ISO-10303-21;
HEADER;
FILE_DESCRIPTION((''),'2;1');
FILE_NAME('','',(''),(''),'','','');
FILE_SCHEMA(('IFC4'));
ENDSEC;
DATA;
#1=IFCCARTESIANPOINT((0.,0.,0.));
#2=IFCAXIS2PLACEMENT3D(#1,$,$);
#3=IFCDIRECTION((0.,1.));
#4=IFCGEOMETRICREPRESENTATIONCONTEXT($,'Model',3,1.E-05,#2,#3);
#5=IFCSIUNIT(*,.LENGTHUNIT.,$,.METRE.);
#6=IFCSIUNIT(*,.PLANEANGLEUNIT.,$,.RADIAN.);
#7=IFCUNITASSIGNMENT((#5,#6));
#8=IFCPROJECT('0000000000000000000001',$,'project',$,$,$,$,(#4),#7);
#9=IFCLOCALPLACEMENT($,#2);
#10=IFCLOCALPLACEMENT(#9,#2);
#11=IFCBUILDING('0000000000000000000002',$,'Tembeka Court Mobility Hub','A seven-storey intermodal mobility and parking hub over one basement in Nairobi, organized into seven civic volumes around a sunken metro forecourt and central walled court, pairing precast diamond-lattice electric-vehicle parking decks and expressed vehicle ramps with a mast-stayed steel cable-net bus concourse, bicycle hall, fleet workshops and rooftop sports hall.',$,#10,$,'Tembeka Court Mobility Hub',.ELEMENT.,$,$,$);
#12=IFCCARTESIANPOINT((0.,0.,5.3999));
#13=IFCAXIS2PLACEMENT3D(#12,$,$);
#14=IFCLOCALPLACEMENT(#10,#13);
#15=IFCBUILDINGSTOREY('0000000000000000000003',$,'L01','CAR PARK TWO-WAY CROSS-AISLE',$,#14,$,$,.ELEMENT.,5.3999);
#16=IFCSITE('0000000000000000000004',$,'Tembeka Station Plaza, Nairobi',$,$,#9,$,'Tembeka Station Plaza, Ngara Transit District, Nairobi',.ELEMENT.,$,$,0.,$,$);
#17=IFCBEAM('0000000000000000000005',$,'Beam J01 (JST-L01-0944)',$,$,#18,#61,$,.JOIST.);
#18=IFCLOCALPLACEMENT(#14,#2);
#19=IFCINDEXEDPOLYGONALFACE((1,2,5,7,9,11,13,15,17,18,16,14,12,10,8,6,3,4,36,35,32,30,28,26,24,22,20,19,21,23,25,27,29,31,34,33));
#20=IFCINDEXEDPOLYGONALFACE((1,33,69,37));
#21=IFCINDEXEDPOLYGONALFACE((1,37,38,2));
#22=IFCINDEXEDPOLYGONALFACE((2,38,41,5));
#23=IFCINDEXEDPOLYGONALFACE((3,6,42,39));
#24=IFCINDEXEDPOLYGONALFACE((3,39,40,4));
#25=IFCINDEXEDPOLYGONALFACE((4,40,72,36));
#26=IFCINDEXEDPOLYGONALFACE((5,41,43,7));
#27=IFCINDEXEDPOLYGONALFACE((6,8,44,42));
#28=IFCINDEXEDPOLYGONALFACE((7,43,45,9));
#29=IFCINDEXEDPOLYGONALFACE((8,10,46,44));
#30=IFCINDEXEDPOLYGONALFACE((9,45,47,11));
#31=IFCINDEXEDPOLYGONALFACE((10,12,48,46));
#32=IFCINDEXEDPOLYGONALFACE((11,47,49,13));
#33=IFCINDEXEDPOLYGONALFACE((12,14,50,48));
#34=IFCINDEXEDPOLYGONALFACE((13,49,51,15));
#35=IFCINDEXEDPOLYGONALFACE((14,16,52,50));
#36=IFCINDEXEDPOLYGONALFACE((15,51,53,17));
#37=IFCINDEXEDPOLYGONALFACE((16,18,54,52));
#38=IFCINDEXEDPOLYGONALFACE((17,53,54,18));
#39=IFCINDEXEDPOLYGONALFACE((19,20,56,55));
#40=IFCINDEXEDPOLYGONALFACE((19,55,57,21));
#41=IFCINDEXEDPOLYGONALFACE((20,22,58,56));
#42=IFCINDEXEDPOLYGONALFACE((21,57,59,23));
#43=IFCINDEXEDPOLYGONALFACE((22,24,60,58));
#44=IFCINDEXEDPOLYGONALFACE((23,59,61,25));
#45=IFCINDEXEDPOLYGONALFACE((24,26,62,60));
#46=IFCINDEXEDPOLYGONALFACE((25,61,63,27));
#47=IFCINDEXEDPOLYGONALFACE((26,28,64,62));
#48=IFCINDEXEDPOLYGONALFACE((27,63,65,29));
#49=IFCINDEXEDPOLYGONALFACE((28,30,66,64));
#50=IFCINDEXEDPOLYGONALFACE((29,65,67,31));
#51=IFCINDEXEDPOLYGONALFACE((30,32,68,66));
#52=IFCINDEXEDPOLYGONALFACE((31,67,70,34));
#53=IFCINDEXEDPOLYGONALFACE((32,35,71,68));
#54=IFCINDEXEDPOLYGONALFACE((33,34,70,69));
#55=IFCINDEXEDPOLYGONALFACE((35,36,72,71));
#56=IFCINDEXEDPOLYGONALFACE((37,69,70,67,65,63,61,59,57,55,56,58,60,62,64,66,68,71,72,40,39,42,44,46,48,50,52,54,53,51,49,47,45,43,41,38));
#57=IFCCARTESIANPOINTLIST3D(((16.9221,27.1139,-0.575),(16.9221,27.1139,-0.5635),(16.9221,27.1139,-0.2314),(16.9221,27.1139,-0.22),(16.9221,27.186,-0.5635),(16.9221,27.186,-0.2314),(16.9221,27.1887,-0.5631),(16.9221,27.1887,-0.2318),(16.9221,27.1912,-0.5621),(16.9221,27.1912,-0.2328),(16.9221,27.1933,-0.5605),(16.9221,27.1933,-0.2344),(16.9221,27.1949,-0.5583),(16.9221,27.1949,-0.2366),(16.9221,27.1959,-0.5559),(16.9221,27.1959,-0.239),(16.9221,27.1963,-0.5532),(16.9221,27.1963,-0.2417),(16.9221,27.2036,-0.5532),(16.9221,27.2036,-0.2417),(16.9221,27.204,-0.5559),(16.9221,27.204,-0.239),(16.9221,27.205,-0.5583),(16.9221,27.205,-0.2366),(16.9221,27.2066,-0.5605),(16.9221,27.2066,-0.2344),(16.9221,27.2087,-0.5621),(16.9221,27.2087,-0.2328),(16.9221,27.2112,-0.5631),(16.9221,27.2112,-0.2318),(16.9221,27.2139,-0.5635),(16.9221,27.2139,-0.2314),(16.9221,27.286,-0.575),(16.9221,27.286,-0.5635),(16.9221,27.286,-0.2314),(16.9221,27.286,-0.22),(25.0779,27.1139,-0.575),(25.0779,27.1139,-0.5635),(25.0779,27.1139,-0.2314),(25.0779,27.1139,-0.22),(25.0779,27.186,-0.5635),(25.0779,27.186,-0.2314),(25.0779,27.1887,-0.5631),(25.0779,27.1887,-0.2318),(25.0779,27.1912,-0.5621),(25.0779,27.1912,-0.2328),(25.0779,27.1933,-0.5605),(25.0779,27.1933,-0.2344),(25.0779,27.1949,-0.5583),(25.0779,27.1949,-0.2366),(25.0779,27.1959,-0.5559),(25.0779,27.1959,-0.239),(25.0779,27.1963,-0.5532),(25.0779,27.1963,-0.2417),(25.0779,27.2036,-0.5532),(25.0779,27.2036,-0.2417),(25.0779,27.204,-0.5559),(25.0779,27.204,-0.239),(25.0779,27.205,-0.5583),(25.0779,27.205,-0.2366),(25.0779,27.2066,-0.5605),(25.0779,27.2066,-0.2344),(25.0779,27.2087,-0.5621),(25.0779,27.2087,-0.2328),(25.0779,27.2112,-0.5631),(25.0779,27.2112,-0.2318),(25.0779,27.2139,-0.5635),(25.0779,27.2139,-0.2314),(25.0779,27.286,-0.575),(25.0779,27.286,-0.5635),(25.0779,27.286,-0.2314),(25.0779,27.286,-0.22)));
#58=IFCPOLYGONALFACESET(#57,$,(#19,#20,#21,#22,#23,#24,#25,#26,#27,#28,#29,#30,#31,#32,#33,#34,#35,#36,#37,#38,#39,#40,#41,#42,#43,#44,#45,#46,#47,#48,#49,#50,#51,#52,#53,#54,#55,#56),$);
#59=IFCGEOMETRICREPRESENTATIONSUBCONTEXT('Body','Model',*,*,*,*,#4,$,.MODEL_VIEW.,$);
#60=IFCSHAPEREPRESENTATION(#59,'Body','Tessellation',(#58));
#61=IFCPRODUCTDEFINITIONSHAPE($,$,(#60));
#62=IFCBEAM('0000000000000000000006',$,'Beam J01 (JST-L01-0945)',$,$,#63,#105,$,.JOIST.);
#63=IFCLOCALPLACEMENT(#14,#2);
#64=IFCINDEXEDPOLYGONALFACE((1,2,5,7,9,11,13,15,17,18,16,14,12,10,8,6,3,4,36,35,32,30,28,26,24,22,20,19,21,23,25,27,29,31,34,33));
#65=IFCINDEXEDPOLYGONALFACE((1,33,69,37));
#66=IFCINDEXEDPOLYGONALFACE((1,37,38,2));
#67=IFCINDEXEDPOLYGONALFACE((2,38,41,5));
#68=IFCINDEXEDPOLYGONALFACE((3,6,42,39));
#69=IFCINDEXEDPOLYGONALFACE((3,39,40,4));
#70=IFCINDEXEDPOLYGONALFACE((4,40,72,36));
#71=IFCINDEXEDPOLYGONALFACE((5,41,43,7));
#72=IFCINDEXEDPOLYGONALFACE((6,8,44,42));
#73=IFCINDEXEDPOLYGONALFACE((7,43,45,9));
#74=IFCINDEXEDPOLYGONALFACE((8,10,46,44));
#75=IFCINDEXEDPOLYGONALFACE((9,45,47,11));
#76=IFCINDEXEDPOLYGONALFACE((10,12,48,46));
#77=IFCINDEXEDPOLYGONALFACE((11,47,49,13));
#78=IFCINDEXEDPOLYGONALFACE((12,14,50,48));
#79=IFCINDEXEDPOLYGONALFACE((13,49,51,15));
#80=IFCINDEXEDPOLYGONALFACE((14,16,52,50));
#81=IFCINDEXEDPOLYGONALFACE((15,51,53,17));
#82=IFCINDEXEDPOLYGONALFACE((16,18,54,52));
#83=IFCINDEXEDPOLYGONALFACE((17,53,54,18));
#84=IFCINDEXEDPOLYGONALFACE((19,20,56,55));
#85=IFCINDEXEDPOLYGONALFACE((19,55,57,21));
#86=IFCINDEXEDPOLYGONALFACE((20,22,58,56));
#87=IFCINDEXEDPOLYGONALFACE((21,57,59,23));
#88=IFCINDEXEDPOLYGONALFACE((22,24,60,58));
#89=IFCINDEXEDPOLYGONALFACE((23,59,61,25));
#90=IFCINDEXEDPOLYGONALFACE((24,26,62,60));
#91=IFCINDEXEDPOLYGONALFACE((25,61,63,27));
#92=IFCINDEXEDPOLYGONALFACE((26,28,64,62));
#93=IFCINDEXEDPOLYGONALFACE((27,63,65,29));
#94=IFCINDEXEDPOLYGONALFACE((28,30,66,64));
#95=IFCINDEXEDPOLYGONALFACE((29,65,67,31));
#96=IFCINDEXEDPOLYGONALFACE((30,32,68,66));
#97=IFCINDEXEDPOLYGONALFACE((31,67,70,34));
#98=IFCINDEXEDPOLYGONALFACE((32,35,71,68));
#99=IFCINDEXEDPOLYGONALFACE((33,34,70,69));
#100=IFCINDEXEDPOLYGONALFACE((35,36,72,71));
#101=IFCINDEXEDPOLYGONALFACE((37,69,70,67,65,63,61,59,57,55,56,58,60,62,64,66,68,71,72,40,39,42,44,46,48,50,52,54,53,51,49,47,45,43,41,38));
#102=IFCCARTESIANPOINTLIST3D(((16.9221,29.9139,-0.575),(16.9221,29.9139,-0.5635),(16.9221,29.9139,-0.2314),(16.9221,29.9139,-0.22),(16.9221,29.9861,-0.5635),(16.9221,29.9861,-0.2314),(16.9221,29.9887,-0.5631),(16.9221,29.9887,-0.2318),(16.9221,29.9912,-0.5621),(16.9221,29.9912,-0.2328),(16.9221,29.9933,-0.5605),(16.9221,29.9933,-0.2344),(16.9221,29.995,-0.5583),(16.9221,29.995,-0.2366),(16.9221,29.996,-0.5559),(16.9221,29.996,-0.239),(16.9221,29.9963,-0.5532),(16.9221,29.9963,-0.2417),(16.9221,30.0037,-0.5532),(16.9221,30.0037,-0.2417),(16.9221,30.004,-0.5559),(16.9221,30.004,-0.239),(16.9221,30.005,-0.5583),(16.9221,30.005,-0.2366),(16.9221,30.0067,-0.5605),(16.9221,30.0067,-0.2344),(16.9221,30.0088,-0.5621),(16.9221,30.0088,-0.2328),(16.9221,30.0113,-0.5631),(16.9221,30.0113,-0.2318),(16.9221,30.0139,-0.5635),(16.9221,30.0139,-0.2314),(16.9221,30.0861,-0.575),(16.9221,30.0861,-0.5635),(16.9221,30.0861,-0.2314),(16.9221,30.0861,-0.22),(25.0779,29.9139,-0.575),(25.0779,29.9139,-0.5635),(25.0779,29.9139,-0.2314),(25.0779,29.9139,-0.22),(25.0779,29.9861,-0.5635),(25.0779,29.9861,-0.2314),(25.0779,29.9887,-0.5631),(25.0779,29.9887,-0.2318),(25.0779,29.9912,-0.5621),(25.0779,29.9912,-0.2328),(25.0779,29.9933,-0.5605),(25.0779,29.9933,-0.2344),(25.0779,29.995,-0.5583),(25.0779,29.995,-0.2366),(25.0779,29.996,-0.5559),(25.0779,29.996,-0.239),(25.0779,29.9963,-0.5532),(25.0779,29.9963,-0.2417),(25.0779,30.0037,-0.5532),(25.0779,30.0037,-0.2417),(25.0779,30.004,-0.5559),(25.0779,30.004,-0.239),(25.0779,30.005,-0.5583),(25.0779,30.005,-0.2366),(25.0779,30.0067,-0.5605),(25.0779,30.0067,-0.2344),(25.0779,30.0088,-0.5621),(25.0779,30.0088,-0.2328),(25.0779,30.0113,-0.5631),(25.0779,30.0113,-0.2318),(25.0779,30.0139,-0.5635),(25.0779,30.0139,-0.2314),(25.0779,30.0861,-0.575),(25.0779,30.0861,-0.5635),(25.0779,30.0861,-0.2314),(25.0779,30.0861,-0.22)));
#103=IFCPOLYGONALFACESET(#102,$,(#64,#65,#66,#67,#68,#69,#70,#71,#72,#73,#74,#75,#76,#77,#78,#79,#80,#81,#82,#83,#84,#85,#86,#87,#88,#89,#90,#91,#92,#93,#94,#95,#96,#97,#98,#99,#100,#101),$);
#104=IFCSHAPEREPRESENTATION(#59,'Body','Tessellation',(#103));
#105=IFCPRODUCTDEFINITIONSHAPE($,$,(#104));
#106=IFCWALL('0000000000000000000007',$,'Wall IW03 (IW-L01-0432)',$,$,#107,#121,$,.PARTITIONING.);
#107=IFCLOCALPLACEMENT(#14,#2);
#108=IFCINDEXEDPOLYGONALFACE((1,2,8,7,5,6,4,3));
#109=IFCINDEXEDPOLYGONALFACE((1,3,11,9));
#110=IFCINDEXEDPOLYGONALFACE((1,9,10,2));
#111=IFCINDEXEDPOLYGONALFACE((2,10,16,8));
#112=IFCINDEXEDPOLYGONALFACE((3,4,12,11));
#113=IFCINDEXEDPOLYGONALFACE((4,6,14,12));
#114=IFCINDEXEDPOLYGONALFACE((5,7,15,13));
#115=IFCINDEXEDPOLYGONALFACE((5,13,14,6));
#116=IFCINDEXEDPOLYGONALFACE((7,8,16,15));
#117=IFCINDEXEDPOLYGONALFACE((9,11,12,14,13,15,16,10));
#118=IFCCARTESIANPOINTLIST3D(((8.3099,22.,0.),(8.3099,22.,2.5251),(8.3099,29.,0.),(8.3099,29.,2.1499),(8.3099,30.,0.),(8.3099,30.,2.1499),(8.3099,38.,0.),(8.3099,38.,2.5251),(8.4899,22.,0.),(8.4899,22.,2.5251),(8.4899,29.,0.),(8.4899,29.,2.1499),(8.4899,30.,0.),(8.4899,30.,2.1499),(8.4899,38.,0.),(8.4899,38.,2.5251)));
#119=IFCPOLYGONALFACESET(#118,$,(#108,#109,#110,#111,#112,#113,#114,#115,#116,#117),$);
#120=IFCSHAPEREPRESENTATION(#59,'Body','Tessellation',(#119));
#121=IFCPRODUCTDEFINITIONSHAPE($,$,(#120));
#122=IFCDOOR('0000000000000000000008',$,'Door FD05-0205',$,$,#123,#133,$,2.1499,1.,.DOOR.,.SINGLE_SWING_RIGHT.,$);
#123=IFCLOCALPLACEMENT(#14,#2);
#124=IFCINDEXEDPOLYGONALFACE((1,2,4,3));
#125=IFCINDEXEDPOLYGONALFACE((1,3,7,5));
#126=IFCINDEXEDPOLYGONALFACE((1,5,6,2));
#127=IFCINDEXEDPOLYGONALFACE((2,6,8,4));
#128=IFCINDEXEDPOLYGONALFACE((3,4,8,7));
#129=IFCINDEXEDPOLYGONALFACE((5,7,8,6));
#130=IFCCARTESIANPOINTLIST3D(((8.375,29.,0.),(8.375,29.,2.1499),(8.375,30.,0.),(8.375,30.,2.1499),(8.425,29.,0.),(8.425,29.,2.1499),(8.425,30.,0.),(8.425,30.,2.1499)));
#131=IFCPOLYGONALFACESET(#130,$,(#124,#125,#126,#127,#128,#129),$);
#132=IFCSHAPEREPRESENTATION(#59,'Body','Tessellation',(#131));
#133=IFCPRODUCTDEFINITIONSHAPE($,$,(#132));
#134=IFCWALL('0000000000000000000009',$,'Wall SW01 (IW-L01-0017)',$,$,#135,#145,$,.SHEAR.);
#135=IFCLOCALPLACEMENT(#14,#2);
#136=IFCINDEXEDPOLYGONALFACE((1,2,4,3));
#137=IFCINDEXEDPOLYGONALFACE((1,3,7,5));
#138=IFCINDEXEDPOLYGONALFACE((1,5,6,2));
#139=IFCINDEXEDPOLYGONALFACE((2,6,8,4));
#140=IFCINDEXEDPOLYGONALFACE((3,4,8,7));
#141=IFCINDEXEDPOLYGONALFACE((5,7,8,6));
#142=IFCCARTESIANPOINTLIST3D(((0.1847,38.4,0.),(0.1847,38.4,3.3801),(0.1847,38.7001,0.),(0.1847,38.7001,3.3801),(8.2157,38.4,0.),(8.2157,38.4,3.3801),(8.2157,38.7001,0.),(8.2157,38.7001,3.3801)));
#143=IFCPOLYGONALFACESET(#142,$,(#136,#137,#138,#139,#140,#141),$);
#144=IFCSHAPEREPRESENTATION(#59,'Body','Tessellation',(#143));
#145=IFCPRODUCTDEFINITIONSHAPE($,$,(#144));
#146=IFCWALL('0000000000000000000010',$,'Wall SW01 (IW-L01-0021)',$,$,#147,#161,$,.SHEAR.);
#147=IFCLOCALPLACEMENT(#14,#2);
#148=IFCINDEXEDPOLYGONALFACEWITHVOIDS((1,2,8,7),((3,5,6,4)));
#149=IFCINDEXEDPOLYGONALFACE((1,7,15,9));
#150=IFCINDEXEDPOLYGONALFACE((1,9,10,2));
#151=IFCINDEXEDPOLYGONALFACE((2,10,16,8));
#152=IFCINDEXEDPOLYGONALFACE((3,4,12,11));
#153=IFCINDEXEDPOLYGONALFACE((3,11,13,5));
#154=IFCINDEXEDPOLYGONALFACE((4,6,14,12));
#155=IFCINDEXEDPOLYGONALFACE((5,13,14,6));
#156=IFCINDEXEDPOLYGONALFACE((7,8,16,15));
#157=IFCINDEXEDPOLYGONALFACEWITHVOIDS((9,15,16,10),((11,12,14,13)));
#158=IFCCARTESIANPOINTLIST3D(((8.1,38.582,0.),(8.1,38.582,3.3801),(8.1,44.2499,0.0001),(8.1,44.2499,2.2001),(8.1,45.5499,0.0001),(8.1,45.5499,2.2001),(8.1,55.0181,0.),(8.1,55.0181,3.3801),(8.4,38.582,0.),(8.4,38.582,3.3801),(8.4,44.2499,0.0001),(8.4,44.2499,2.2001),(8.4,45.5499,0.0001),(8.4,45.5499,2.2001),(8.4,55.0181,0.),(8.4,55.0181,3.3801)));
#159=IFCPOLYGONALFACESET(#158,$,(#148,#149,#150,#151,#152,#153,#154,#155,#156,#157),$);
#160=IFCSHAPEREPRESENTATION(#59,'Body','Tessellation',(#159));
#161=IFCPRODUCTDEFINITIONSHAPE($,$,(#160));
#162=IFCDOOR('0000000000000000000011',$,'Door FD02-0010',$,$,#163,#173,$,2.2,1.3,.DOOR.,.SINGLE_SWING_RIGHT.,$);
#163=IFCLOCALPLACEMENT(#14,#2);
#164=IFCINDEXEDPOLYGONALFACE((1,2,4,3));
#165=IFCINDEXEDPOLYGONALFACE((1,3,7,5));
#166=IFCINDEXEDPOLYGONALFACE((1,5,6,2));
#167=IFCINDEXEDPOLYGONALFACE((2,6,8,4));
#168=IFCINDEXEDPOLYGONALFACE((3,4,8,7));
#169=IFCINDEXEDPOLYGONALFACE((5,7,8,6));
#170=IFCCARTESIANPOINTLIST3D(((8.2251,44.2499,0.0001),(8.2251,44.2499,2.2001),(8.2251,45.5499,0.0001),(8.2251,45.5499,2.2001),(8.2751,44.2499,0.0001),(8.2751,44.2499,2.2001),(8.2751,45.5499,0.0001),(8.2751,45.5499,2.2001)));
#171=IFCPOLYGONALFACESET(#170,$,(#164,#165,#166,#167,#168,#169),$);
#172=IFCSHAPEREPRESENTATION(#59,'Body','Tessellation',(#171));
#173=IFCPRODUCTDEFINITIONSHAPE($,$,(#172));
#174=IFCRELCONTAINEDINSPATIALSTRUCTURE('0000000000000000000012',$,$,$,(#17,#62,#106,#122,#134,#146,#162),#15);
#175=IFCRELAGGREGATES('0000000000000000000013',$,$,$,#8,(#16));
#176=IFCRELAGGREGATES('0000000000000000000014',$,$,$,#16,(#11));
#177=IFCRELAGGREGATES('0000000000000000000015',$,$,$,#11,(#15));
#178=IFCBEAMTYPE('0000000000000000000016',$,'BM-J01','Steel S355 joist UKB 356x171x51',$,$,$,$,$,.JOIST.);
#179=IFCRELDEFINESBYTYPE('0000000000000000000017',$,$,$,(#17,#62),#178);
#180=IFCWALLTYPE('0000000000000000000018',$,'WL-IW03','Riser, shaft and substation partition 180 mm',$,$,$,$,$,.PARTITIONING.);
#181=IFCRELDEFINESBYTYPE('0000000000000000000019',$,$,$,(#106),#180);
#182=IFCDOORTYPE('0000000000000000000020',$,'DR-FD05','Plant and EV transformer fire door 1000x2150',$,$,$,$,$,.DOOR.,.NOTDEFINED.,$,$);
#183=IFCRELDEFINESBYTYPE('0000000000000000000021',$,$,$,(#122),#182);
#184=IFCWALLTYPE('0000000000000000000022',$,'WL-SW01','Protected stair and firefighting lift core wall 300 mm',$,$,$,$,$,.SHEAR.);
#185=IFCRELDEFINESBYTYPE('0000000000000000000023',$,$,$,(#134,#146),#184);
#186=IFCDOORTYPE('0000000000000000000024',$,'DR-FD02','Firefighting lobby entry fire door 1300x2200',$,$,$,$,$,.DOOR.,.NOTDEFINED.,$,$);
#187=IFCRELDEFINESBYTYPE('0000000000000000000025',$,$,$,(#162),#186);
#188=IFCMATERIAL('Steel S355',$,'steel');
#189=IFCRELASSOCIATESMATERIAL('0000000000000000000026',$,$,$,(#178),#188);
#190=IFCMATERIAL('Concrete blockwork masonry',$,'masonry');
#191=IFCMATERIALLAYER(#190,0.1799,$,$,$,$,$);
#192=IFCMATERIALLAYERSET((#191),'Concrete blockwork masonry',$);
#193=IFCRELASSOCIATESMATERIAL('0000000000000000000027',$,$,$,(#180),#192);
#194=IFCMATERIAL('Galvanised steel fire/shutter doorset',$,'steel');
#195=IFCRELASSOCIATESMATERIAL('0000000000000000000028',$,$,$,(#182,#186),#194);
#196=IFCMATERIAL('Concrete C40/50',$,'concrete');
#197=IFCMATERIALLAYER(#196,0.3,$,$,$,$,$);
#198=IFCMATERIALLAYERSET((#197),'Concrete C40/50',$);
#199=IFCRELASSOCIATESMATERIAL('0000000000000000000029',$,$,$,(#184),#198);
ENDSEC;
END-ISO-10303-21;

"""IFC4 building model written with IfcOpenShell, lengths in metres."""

from ifc_helpers import new_model, si_unit, direction, frame, frame_2d, origin, origin_2d, place, context, subcontext, project, spatial, rectangle, i_section, extrude, material, layer, layer_set, material_profile, profile_set, type_object, element, fill, save


model = new_model("IFC4")

# Units and contexts
model_context = context("Model", 3, precision=1e-05, world=origin(), true_north=direction((0.0, 1.0)))
body_context = subcontext(model_context, "Body", "Model", "MODEL_VIEW")
ifc_project = project(units=[si_unit("LENGTHUNIT", "METRE"), si_unit("PLANEANGLEUNIT", "RADIAN")], contexts=[model_context])

# Site, building, storey
site_placement = place(None, origin())
site = spatial("IfcSite", under=ifc_project, at=site_placement, Name="Tembeka Station Plaza, Nairobi", LongName="Tembeka Station Plaza, Ngara Transit District, Nairobi", CompositionType="ELEMENT", RefElevation=0.0)
building_placement = place(site_placement, origin())
building = spatial("IfcBuilding", under=site, at=building_placement, Name="Tembeka Court Mobility Hub", Description="A seven-storey intermodal mobility and parking hub over one basement in Nairobi, organized into seven civic volumes around a sunken metro forecourt and central walled court, pairing precast diamond-lattice electric-vehicle parking decks and expressed vehicle ramps with a mast-stayed steel cable-net bus concourse, bicycle hall, fleet workshops and rooftop sports hall.", LongName="Tembeka Court Mobility Hub", CompositionType="ELEMENT")
storey_placement = place(building_placement, frame((0.0, 0.0, 5.3999)))
storey = spatial("IfcBuildingStorey", under=building, at=storey_placement, Name="L01", Description="CAR PARK TWO-WAY CROSS-AISLE", CompositionType="ELEMENT", Elevation=5.3999)

# Shared definitions
ifc_material_1 = material(Name="Steel S355", Category="steel")

# Beams
ifc_material_profile_1 = material_profile(ifc_material_1, i_section(OverallWidth=0.1721, OverallDepth=0.355, WebThickness=0.0073, FlangeThickness=0.0115, FilletRadius=0.0103, at=origin_2d()), Name="UKB 356x171x51")
ifc_profile_set_1 = profile_set([ifc_material_profile_1], Name="Steel S355")
beam_type_1 = type_object("IfcBeamType", Name="BM-J01", Description="Steel S355 joist UKB 356x171x51", PredefinedType="JOIST", material=ifc_profile_set_1)
for number, where, z_axis, x_axis, name in (
    (1, (16.9221, 27.2, -0.3975), (1.0, 0.0, 0.0), (0.0, 1.0, 0.0), "Beam J01 (JST-L01-0944)"),
    (2, (16.9221, 30.0, -0.3975), (1.0, 0.0, 0.0), (0.0, 1.0, 0.0), "Beam J01 (JST-L01-0945)"),
):
    element("IfcBeam", number, at=place(storey_placement, frame(where, z_axis=z_axis, x_axis=x_axis)), inside=storey, type_object=beam_type_1, Name=name, PredefinedType="JOIST", context=body_context, shape_type="SweptSolid", body=[
        extrude(i_section(OverallWidth=0.1721, OverallDepth=0.355, WebThickness=0.0073, FlangeThickness=0.0115, FilletRadius=0.0103, at=origin_2d()), origin(), (0.0, 0.0, 1.0), 8.1558),
    ])

# Wall, opening, door
ifc_material_2 = material(Name="Concrete blockwork masonry", Category="masonry")
ifc_layer_1 = layer(ifc_material_2, 0.1799)
ifc_layer_set_1 = layer_set([ifc_layer_1], Name="Concrete blockwork masonry")
wall_type_1 = type_object("IfcWallType", Name="WL-IW03", Description="Riser, shaft and substation partition 180 mm", PredefinedType="PARTITIONING", material=ifc_layer_set_1)
wall_1_placement = place(storey_placement, frame((8.3999, 22.0, 0.0), z_axis=(0.0, 0.0, 1.0), x_axis=(0.0, 1.0, 0.0)))
wall_1 = element("IfcWall", 3, at=wall_1_placement, inside=storey, type_object=wall_type_1, Name="Wall IW03 (IW-L01-0432)", PredefinedType="PARTITIONING", context=body_context, shape_type="SweptSolid", body=[
    extrude(rectangle(XDim=16.0, YDim=0.1799, at=frame_2d((8.0, 0.0))), origin(), (0.0, 0.0, 1.0), 2.5251),
])
opening_1_placement = place(wall_1_placement, frame((7.0, 0.0, 0.0)))
opening_1 = element("IfcOpeningElement", 4, at=opening_1_placement, cuts=wall_1, PredefinedType="OPENING", context=body_context, shape_type="SweptSolid", body=[
    extrude(rectangle(XDim=1.0, YDim=2.1499, at=frame_2d((0.5, 1.075))), frame((0.0, 0.1001, 0.0), z_axis=(0.0, -1.0, 0.0), x_axis=(1.0, 0.0, 0.0)), (0.0, 0.0, 1.0), 0.2),
])
ifc_material_3 = material(Name="Galvanised steel fire/shutter doorset", Category="steel")
door_type_1 = type_object("IfcDoorType", Name="DR-FD05", Description="Plant and EV transformer fire door 1000x2150", OperationType="NOTDEFINED", PredefinedType="DOOR", material=ifc_material_3)
door_1_placement = place(opening_1_placement, origin())
door_1 = element("IfcDoor", 5, at=door_1_placement, inside=storey, type_object=door_type_1, Name="Door FD05-0205", OperationType="SINGLE_SWING_RIGHT", OverallHeight=2.1499, OverallWidth=1.0, PredefinedType="DOOR", context=body_context, shape_type="SweptSolid", body=[
    extrude(rectangle(XDim=1.0, YDim=2.1499, at=frame_2d((0.5, 1.075))), frame((0.0, 0.0249, 0.0), z_axis=(0.0, -1.0, 0.0), x_axis=(1.0, 0.0, 0.0)), (0.0, 0.0, 1.0), 0.05),
])
fill(opening_1, door_1)

# Wall
ifc_material_4 = material(Name="Concrete C40/50", Category="concrete")
ifc_layer_2 = layer(ifc_material_4, 0.3)
ifc_layer_set_2 = layer_set([ifc_layer_2], Name="Concrete C40/50")
wall_type_2 = type_object("IfcWallType", Name="WL-SW01", Description="Protected stair and firefighting lift core wall 300 mm", PredefinedType="SHEAR", material=ifc_layer_set_2)
wall_2_placement = place(storey_placement, frame((0.1846, 38.55, 0.0), z_axis=(0.0, 0.0, 1.0), x_axis=(1.0, 0.0, 0.0)))
element("IfcWall", 6, at=wall_2_placement, inside=storey, type_object=wall_type_2, Name="Wall SW01 (IW-L01-0017)", PredefinedType="SHEAR", context=body_context, shape_type="SweptSolid", body=[
    extrude(rectangle(XDim=8.031, YDim=0.3, at=frame_2d((4.0156, 0.0))), origin(), (0.0, 0.0, 1.0), 3.3801),
])

# Wall, opening, door
wall_3_placement = place(storey_placement, frame((8.25, 38.582, 0.0), z_axis=(0.0, 0.0, 1.0), x_axis=(0.0, 1.0, 0.0)))
wall_3 = element("IfcWall", 7, at=wall_3_placement, inside=storey, type_object=wall_type_2, Name="Wall SW01 (IW-L01-0021)", PredefinedType="SHEAR", context=body_context, shape_type="SweptSolid", body=[
    extrude(rectangle(XDim=16.436, YDim=0.3, at=frame_2d((8.218, 0.0))), origin(), (0.0, 0.0, 1.0), 3.3801),
])
opening_2_placement = place(wall_3_placement, frame((5.668, 0.0, 0.0)))
opening_2 = element("IfcOpeningElement", 8, at=opening_2_placement, cuts=wall_3, PredefinedType="OPENING", context=body_context, shape_type="SweptSolid", body=[
    extrude(rectangle(XDim=1.3, YDim=2.2, at=frame_2d((0.6499, 1.1001))), frame((0.0, 0.1602, 0.0), z_axis=(0.0, -1.0, 0.0), x_axis=(1.0, 0.0, 0.0)), (0.0, 0.0, 1.0), 0.3201),
])
door_type_2 = type_object("IfcDoorType", Name="DR-FD02", Description="Firefighting lobby entry fire door 1300x2200", OperationType="NOTDEFINED", PredefinedType="DOOR", material=ifc_material_3)
door_2_placement = place(opening_2_placement, origin())
door_2 = element("IfcDoor", 9, at=door_2_placement, inside=storey, type_object=door_type_2, Name="Door FD02-0010", OperationType="SINGLE_SWING_RIGHT", OverallHeight=2.2, OverallWidth=1.3, PredefinedType="DOOR", context=body_context, shape_type="SweptSolid", body=[
    extrude(rectangle(XDim=1.3, YDim=2.2, at=frame_2d((0.6499, 1.1001))), frame((0.0, 0.0249, 0.0), z_axis=(0.0, -1.0, 0.0), x_axis=(1.0, 0.0, 0.0)), (0.0, 0.0, 1.0), 0.05),
])
fill(opening_2, door_2)

save(model, "model.ifc")
